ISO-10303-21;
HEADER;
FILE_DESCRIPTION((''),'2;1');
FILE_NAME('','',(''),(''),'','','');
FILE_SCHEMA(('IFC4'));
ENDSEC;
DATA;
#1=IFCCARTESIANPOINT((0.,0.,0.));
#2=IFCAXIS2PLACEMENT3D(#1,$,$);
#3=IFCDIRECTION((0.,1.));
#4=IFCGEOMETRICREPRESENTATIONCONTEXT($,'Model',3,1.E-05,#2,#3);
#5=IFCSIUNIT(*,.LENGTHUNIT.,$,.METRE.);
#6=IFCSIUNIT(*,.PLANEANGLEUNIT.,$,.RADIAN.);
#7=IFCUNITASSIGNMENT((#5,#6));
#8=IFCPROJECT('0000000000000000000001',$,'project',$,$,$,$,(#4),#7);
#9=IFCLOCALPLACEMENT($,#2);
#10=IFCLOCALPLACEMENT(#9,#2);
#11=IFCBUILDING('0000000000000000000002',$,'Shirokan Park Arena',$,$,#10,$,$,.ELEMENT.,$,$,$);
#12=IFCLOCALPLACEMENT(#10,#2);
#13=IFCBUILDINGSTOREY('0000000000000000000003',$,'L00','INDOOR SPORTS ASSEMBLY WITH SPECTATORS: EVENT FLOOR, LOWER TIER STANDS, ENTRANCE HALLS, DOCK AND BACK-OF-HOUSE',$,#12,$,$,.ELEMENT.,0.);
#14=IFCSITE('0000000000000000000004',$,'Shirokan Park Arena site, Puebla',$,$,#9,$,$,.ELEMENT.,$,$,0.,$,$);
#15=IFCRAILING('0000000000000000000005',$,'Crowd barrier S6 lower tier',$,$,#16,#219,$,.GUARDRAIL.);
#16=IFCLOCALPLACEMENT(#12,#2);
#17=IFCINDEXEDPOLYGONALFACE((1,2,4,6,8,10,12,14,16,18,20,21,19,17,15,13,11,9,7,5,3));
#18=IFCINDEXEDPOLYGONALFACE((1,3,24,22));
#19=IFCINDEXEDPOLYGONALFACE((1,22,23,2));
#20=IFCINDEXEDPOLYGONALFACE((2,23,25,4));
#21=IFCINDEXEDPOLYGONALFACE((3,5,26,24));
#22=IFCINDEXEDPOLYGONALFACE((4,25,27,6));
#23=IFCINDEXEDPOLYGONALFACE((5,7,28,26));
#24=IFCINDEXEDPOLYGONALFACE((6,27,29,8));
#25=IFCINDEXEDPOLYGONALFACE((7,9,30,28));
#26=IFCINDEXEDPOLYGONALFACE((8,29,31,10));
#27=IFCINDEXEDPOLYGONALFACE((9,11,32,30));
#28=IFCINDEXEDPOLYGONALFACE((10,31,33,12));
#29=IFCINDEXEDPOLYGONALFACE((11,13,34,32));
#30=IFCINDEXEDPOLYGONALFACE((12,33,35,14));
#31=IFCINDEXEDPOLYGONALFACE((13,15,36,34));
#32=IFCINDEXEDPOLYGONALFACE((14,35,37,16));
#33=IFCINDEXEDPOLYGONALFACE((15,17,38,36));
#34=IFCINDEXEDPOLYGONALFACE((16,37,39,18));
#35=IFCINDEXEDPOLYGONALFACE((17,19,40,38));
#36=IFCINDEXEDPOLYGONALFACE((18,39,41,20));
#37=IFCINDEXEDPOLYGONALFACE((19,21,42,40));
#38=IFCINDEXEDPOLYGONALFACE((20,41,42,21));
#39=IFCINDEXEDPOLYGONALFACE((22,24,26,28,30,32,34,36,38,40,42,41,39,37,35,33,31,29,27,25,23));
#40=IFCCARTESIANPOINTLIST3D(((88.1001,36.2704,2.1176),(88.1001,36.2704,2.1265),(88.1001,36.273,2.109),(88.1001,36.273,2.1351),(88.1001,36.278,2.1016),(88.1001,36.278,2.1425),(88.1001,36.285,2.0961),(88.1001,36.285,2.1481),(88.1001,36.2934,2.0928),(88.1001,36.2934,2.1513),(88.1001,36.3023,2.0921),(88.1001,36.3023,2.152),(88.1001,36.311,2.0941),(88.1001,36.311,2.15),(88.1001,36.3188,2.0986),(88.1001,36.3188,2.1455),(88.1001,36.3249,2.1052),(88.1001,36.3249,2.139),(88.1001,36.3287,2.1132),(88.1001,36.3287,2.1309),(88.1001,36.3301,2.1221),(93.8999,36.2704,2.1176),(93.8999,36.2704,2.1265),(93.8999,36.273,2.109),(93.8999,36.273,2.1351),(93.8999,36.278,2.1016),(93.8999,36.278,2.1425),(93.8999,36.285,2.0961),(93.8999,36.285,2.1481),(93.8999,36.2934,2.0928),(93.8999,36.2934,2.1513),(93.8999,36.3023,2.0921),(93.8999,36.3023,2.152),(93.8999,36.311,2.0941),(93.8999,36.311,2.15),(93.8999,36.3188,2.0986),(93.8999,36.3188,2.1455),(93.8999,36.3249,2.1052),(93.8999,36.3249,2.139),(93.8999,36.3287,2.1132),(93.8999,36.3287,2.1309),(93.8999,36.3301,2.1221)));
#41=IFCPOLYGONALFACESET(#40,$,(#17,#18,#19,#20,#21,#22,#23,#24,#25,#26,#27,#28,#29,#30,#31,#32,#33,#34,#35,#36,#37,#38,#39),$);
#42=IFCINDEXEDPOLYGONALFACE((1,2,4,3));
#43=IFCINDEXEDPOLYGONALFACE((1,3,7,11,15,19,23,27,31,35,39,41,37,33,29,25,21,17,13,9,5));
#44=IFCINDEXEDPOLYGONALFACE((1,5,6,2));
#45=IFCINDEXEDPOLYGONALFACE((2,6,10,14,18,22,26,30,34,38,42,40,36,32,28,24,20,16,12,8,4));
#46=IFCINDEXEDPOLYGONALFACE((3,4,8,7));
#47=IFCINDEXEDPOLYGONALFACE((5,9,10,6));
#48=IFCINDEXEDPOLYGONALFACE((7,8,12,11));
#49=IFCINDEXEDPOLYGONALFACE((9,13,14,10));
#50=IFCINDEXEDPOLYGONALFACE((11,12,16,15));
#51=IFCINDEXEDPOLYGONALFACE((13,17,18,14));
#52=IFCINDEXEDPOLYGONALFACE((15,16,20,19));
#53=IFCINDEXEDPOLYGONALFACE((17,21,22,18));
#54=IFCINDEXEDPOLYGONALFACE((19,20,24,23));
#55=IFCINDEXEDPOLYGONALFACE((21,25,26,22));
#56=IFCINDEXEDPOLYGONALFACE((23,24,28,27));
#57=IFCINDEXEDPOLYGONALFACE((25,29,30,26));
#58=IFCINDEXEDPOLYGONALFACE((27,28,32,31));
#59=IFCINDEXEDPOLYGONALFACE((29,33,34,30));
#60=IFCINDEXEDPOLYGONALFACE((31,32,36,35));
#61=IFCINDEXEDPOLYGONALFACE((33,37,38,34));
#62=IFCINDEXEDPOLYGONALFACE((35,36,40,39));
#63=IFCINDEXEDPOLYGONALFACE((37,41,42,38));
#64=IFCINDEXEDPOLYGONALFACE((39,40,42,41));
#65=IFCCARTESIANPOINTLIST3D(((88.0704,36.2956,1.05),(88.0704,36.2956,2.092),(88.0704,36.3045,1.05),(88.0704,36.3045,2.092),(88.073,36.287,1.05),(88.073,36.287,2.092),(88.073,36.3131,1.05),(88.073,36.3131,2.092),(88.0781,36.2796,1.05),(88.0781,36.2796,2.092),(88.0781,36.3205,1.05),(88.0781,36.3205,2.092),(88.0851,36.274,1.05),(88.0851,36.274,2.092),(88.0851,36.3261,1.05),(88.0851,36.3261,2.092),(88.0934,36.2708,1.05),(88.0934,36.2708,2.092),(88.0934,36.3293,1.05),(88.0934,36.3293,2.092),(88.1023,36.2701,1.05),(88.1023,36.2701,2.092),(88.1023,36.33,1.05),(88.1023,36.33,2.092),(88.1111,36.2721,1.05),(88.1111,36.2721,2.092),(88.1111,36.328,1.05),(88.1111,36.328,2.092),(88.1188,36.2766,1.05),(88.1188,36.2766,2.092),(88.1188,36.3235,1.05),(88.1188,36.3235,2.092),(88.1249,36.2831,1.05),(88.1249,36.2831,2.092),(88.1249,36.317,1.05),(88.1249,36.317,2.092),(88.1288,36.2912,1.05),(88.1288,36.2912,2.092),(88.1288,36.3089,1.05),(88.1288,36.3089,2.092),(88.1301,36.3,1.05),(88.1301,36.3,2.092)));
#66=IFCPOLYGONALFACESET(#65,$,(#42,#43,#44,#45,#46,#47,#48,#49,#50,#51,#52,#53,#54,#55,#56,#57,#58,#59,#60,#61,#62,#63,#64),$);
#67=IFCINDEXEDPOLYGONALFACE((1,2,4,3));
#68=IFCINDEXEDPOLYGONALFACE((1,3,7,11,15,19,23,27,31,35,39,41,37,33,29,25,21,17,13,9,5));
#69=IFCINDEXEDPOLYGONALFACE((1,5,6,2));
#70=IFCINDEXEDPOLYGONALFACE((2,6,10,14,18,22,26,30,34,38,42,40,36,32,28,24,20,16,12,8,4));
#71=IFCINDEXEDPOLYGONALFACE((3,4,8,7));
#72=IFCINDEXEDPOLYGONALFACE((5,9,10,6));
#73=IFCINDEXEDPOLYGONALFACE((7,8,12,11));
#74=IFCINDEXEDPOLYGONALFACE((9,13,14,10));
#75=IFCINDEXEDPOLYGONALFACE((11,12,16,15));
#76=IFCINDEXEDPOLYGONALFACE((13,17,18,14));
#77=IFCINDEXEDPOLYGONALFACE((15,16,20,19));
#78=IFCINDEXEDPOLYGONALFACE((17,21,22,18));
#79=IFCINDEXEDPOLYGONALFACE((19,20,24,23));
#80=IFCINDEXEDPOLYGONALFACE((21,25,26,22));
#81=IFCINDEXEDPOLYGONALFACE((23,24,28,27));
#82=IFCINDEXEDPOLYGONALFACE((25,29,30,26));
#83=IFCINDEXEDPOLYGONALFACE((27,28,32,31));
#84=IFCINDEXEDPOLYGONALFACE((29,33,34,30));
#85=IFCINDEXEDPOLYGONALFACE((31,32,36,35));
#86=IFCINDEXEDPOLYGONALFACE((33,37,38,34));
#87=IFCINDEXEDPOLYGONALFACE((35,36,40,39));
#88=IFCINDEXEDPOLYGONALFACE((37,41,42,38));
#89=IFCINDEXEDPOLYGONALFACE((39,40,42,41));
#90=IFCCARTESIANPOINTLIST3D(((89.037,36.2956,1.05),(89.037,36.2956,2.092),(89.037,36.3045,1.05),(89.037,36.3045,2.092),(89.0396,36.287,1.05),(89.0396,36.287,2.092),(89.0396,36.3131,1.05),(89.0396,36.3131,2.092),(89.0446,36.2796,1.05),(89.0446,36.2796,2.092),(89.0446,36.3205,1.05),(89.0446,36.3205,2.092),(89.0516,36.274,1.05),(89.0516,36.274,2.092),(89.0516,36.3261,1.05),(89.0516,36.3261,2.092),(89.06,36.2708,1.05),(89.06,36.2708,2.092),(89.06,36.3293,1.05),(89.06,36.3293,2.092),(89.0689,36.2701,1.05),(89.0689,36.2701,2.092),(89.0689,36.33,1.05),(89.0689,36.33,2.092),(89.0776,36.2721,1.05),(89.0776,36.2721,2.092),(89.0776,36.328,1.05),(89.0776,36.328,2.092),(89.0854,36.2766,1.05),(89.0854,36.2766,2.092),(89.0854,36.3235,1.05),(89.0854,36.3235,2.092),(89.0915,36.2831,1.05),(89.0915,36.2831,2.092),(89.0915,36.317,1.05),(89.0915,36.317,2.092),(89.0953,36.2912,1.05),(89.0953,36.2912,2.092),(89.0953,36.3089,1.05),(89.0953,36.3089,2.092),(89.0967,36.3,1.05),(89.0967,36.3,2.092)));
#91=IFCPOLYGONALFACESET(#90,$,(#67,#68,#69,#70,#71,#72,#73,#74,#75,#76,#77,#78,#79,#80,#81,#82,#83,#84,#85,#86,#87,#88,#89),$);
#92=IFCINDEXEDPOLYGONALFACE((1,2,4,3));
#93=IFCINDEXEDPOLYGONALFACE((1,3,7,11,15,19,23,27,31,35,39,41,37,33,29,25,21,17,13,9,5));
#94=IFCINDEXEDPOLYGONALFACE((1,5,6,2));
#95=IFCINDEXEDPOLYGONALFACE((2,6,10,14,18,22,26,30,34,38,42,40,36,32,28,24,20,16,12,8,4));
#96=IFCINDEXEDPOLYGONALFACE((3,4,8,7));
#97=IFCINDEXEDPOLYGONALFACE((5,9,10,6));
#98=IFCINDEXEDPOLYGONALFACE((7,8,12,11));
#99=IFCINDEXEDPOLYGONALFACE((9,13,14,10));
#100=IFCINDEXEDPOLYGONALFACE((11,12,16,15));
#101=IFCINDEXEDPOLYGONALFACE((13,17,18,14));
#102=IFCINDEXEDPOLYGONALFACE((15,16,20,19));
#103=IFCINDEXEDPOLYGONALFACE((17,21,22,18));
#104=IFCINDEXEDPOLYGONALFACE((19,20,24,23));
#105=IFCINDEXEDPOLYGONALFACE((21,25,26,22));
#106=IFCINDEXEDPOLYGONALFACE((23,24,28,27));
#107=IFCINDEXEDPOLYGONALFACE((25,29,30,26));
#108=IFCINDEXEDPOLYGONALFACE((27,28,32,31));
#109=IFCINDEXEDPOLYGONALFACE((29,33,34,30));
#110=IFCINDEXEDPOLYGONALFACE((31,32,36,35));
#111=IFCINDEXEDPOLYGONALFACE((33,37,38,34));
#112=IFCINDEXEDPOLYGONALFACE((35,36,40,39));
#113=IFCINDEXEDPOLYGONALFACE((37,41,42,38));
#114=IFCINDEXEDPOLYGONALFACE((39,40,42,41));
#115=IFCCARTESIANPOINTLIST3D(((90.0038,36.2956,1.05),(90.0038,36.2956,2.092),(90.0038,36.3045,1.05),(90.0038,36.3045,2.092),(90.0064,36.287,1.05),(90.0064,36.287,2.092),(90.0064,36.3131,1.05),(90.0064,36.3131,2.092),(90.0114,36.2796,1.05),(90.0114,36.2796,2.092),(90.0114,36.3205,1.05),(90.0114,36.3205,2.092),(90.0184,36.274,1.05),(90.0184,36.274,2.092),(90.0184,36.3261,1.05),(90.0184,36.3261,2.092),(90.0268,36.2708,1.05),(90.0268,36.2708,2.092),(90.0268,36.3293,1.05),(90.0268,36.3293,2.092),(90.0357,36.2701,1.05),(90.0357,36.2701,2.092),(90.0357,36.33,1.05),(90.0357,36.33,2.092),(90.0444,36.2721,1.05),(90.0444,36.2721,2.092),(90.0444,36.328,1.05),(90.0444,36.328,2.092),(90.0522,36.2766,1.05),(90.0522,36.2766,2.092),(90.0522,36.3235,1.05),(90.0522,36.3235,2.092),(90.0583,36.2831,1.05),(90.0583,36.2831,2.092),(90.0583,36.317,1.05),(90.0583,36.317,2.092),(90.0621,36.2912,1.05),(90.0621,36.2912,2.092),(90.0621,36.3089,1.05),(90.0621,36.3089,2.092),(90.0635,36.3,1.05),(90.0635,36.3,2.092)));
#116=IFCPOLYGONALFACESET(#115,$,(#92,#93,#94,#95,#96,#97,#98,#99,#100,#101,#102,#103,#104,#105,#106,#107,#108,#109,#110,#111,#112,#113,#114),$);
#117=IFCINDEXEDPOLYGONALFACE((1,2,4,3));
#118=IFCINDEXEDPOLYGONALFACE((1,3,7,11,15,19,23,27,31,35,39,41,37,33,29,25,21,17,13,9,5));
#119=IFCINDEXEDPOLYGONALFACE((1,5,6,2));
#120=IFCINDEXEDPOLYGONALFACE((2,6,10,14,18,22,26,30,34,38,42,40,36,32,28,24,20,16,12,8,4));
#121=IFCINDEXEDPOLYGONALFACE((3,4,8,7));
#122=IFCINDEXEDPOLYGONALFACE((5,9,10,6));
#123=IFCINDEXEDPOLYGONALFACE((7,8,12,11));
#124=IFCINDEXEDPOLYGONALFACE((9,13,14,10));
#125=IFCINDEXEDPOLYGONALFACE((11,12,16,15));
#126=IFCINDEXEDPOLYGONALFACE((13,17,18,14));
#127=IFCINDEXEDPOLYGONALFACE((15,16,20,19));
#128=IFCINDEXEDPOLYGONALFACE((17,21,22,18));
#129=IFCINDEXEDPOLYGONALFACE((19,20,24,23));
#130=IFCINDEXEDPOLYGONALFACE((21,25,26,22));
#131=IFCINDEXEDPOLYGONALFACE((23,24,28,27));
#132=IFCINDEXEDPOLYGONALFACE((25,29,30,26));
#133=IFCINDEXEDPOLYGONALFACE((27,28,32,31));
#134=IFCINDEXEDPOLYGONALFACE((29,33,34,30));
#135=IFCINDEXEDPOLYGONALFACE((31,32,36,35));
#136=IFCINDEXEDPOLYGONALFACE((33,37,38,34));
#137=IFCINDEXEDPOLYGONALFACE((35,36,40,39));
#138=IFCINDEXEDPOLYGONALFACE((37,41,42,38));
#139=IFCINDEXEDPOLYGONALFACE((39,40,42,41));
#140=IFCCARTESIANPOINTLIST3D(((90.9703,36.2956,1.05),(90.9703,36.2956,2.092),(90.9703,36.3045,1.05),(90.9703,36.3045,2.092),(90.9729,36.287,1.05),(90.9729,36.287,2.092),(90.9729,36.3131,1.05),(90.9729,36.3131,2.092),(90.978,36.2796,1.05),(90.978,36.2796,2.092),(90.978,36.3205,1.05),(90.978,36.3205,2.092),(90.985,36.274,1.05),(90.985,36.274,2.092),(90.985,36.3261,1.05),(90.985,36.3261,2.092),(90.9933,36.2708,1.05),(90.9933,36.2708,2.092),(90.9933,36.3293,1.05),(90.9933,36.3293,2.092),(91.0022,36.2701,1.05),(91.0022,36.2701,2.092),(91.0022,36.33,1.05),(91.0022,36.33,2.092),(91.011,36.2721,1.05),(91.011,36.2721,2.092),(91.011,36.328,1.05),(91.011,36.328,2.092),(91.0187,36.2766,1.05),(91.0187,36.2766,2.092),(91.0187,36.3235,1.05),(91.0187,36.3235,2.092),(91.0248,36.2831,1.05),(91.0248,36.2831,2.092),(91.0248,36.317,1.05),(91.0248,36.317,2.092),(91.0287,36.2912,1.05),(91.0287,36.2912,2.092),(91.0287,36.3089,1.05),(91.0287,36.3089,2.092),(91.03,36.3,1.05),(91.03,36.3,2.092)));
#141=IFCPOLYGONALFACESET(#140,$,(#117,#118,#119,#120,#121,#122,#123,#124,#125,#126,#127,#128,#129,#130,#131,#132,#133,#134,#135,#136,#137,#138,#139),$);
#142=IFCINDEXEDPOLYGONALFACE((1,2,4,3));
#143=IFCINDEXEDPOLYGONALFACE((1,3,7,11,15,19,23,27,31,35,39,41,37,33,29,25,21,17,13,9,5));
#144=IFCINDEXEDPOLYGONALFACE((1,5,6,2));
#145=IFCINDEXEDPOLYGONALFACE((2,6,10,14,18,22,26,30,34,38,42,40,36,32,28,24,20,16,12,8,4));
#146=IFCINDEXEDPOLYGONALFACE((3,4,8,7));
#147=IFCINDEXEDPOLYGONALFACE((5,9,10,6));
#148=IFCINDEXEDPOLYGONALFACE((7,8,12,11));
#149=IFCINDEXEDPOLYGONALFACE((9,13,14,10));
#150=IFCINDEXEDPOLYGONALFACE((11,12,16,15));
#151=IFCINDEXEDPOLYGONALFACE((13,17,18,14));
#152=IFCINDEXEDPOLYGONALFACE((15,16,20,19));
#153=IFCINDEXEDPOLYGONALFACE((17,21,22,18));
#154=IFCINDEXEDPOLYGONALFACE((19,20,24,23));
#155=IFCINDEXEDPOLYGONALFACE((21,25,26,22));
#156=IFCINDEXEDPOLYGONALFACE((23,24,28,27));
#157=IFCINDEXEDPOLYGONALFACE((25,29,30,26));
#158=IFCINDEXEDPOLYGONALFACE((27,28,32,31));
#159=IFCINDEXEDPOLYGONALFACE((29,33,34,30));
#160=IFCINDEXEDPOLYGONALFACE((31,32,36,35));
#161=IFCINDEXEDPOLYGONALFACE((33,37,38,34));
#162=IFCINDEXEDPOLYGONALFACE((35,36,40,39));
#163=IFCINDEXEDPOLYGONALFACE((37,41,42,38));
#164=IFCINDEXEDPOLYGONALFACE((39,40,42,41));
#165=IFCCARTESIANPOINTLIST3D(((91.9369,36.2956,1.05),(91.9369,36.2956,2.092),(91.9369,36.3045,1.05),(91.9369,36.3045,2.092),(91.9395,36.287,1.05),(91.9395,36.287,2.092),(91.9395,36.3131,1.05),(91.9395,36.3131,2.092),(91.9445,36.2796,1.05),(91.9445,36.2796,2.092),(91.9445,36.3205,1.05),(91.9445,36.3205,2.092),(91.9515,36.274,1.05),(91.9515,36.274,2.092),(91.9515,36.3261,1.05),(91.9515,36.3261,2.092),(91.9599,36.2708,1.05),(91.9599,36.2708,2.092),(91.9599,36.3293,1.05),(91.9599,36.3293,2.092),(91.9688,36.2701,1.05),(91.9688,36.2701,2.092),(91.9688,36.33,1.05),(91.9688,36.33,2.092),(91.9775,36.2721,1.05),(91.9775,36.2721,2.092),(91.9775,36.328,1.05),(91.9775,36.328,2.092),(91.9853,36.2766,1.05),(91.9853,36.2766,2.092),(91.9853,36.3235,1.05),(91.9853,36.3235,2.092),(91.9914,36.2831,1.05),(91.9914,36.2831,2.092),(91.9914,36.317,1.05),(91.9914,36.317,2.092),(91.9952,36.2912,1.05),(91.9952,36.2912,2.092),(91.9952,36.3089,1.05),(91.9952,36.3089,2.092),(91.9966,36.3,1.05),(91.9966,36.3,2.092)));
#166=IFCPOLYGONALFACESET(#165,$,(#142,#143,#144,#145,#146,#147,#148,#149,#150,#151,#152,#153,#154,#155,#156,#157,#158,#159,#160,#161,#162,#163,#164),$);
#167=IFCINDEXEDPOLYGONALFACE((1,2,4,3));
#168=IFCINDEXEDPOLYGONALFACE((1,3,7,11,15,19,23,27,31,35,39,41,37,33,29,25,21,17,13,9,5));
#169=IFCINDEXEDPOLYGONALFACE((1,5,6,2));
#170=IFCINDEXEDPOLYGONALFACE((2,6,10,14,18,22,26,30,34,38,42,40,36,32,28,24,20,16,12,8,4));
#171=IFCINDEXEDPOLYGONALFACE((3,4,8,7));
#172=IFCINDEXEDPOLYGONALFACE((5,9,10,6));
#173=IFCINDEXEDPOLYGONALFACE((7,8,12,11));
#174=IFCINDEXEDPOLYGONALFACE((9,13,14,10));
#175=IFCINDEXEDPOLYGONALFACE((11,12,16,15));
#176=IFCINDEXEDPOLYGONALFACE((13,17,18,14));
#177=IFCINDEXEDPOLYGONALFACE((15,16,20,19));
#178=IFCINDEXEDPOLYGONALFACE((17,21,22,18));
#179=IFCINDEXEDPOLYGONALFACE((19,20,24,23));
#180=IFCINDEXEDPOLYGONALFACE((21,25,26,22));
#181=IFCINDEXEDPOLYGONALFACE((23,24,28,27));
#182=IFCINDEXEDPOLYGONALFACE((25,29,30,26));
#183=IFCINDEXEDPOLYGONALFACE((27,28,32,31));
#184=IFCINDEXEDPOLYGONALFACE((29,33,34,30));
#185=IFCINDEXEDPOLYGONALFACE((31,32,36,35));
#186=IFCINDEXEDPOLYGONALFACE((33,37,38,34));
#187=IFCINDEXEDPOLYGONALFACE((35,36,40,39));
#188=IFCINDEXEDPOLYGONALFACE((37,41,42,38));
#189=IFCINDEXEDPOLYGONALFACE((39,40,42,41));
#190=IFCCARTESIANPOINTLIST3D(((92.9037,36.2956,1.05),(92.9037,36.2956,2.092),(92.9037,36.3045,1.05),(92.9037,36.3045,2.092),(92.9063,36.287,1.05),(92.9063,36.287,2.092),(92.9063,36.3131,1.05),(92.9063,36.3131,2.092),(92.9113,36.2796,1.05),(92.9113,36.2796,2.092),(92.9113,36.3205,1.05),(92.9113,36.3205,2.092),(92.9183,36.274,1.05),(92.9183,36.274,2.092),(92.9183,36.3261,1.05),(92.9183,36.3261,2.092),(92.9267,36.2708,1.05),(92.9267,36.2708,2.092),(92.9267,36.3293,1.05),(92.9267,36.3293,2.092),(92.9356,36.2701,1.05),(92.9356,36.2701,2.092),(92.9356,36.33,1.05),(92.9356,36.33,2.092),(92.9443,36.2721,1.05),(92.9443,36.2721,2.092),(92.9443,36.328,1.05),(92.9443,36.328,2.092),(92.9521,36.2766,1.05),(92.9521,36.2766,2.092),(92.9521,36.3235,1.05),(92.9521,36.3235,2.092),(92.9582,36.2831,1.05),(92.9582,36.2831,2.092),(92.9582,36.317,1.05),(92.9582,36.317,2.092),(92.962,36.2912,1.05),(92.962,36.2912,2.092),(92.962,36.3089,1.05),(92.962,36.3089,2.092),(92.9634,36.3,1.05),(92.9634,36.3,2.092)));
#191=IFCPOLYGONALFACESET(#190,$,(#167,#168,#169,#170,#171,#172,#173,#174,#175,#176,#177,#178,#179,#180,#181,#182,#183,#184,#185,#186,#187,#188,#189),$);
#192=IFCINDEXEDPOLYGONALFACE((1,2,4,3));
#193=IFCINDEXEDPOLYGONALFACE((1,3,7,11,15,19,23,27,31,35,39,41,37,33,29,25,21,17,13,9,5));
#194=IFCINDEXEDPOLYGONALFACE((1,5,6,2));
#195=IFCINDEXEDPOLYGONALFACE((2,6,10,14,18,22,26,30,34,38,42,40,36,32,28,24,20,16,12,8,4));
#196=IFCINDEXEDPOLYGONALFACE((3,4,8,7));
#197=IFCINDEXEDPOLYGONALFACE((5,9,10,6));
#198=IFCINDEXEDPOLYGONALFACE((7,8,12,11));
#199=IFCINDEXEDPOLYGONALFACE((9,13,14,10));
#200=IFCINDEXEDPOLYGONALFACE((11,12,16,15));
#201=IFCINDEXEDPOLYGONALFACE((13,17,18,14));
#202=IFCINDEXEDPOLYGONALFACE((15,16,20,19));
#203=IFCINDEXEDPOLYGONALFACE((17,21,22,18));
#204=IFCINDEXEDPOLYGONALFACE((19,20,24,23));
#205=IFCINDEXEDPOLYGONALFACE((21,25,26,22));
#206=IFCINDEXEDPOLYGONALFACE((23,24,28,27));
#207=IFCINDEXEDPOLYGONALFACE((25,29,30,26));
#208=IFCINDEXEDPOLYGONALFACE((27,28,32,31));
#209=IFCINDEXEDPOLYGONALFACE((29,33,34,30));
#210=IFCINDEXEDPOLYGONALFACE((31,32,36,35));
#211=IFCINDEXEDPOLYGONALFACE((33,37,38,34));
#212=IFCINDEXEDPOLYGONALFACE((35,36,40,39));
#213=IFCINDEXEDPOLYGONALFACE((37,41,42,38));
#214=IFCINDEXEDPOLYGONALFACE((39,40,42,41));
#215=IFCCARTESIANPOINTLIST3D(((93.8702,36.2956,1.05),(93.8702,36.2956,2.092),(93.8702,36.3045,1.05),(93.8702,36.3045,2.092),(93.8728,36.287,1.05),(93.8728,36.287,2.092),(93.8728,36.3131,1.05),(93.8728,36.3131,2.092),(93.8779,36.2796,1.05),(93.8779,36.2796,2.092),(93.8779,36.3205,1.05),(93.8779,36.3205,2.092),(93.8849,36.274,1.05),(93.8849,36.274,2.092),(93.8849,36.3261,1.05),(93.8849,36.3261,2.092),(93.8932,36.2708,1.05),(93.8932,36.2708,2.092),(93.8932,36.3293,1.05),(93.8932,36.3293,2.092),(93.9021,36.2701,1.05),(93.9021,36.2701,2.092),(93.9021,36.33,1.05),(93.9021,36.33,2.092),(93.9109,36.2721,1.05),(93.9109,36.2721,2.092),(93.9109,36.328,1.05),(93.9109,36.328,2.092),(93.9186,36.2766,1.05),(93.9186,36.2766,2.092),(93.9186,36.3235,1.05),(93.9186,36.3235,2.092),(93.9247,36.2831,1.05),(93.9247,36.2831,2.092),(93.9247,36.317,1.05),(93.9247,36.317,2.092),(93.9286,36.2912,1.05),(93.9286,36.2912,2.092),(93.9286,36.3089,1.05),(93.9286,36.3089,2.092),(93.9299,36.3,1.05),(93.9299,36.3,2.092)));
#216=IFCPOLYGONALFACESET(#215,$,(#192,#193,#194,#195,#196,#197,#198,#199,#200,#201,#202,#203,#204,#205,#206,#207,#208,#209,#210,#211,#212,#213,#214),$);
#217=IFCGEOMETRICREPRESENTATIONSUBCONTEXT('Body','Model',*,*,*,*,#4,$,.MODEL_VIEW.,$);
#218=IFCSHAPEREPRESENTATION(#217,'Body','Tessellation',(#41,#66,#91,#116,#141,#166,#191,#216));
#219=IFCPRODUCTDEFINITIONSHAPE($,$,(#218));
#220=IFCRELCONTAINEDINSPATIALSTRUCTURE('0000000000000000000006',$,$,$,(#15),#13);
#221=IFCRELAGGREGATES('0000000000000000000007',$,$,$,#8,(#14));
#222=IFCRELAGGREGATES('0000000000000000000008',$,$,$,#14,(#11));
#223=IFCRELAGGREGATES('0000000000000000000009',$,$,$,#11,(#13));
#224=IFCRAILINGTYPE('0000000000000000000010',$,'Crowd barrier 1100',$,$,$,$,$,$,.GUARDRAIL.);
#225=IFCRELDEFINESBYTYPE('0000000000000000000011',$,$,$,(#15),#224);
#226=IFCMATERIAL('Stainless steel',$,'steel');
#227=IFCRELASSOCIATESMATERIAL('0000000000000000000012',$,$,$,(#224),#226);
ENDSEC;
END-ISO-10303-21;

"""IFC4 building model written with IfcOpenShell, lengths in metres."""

from ifc_helpers import new_model, si_unit, direction, frame, origin, origin_2d, place, context, subcontext, project, spatial, circle, extrude, material, type_object, element, save


model = new_model("IFC4")

# Units and contexts
model_context = context("Model", 3, precision=1e-05, world=origin(), true_north=direction((0.0, 1.0)))
body_context = subcontext(model_context, "Body", "Model", "MODEL_VIEW")
ifc_project = project(units=[si_unit("LENGTHUNIT", "METRE"), si_unit("PLANEANGLEUNIT", "RADIAN")], contexts=[model_context])

# Site, building, storey
site_placement = place(None, origin())
site = spatial("IfcSite", under=ifc_project, at=site_placement, Name="Shirokan Park Arena site, Puebla", CompositionType="ELEMENT", RefElevation=0.0)
building_placement = place(site_placement, origin())
building = spatial("IfcBuilding", under=site, at=building_placement, Name="Shirokan Park Arena", CompositionType="ELEMENT")
storey_placement = place(building_placement, origin())
storey = spatial("IfcBuildingStorey", under=building, at=storey_placement, Name="L00", Description="INDOOR SPORTS ASSEMBLY WITH SPECTATORS: EVENT FLOOR, LOWER TIER STANDS, ENTRANCE HALLS, DOCK AND BACK-OF-HOUSE", CompositionType="ELEMENT", Elevation=0.0)

# Railing
ifc_material_1 = material(Name="Stainless steel", Category="steel")
railing_type_1 = type_object("IfcRailingType", Name="Crowd barrier 1100", PredefinedType="GUARDRAIL", material=ifc_material_1)
railing_1_placement = place(storey_placement, frame((88.1001, 36.3, 1.05)))
element("IfcRailing", 1, at=railing_1_placement, inside=storey, type_object=railing_type_1, Name="Crowd barrier S6 lower tier", PredefinedType="GUARDRAIL", context=body_context, shape_type="SweptSolid", body=[
    extrude(circle(Radius=0.03, at=origin_2d()), frame((0.0, 0.0, 1.072), z_axis=(1.0, 0.0, 0.0), x_axis=(0.0, 1.0, 0.0)), (0.0, 0.0, 1.0), 5.7998),
    extrude(circle(Radius=0.03, at=origin_2d()), origin(), (0.0, 0.0, 1.0), 1.042),
    extrude(circle(Radius=0.03, at=origin_2d()), frame((0.9666, 0.0, 0.0)), (0.0, 0.0, 1.0), 1.042),
    extrude(circle(Radius=0.03, at=origin_2d()), frame((1.9333, 0.0, 0.0)), (0.0, 0.0, 1.0), 1.042),
    extrude(circle(Radius=0.03, at=origin_2d()), frame((2.8999, 0.0, 0.0)), (0.0, 0.0, 1.0), 1.042),
    extrude(circle(Radius=0.03, at=origin_2d()), frame((3.8665, 0.0, 0.0)), (0.0, 0.0, 1.0), 1.042),
    extrude(circle(Radius=0.03, at=origin_2d()), frame((4.8333, 0.0, 0.0)), (0.0, 0.0, 1.0), 1.042),
    extrude(circle(Radius=0.03, at=origin_2d()), frame((5.7998, 0.0, 0.0)), (0.0, 0.0, 1.0), 1.042),
])

save(model, "model.ifc")
